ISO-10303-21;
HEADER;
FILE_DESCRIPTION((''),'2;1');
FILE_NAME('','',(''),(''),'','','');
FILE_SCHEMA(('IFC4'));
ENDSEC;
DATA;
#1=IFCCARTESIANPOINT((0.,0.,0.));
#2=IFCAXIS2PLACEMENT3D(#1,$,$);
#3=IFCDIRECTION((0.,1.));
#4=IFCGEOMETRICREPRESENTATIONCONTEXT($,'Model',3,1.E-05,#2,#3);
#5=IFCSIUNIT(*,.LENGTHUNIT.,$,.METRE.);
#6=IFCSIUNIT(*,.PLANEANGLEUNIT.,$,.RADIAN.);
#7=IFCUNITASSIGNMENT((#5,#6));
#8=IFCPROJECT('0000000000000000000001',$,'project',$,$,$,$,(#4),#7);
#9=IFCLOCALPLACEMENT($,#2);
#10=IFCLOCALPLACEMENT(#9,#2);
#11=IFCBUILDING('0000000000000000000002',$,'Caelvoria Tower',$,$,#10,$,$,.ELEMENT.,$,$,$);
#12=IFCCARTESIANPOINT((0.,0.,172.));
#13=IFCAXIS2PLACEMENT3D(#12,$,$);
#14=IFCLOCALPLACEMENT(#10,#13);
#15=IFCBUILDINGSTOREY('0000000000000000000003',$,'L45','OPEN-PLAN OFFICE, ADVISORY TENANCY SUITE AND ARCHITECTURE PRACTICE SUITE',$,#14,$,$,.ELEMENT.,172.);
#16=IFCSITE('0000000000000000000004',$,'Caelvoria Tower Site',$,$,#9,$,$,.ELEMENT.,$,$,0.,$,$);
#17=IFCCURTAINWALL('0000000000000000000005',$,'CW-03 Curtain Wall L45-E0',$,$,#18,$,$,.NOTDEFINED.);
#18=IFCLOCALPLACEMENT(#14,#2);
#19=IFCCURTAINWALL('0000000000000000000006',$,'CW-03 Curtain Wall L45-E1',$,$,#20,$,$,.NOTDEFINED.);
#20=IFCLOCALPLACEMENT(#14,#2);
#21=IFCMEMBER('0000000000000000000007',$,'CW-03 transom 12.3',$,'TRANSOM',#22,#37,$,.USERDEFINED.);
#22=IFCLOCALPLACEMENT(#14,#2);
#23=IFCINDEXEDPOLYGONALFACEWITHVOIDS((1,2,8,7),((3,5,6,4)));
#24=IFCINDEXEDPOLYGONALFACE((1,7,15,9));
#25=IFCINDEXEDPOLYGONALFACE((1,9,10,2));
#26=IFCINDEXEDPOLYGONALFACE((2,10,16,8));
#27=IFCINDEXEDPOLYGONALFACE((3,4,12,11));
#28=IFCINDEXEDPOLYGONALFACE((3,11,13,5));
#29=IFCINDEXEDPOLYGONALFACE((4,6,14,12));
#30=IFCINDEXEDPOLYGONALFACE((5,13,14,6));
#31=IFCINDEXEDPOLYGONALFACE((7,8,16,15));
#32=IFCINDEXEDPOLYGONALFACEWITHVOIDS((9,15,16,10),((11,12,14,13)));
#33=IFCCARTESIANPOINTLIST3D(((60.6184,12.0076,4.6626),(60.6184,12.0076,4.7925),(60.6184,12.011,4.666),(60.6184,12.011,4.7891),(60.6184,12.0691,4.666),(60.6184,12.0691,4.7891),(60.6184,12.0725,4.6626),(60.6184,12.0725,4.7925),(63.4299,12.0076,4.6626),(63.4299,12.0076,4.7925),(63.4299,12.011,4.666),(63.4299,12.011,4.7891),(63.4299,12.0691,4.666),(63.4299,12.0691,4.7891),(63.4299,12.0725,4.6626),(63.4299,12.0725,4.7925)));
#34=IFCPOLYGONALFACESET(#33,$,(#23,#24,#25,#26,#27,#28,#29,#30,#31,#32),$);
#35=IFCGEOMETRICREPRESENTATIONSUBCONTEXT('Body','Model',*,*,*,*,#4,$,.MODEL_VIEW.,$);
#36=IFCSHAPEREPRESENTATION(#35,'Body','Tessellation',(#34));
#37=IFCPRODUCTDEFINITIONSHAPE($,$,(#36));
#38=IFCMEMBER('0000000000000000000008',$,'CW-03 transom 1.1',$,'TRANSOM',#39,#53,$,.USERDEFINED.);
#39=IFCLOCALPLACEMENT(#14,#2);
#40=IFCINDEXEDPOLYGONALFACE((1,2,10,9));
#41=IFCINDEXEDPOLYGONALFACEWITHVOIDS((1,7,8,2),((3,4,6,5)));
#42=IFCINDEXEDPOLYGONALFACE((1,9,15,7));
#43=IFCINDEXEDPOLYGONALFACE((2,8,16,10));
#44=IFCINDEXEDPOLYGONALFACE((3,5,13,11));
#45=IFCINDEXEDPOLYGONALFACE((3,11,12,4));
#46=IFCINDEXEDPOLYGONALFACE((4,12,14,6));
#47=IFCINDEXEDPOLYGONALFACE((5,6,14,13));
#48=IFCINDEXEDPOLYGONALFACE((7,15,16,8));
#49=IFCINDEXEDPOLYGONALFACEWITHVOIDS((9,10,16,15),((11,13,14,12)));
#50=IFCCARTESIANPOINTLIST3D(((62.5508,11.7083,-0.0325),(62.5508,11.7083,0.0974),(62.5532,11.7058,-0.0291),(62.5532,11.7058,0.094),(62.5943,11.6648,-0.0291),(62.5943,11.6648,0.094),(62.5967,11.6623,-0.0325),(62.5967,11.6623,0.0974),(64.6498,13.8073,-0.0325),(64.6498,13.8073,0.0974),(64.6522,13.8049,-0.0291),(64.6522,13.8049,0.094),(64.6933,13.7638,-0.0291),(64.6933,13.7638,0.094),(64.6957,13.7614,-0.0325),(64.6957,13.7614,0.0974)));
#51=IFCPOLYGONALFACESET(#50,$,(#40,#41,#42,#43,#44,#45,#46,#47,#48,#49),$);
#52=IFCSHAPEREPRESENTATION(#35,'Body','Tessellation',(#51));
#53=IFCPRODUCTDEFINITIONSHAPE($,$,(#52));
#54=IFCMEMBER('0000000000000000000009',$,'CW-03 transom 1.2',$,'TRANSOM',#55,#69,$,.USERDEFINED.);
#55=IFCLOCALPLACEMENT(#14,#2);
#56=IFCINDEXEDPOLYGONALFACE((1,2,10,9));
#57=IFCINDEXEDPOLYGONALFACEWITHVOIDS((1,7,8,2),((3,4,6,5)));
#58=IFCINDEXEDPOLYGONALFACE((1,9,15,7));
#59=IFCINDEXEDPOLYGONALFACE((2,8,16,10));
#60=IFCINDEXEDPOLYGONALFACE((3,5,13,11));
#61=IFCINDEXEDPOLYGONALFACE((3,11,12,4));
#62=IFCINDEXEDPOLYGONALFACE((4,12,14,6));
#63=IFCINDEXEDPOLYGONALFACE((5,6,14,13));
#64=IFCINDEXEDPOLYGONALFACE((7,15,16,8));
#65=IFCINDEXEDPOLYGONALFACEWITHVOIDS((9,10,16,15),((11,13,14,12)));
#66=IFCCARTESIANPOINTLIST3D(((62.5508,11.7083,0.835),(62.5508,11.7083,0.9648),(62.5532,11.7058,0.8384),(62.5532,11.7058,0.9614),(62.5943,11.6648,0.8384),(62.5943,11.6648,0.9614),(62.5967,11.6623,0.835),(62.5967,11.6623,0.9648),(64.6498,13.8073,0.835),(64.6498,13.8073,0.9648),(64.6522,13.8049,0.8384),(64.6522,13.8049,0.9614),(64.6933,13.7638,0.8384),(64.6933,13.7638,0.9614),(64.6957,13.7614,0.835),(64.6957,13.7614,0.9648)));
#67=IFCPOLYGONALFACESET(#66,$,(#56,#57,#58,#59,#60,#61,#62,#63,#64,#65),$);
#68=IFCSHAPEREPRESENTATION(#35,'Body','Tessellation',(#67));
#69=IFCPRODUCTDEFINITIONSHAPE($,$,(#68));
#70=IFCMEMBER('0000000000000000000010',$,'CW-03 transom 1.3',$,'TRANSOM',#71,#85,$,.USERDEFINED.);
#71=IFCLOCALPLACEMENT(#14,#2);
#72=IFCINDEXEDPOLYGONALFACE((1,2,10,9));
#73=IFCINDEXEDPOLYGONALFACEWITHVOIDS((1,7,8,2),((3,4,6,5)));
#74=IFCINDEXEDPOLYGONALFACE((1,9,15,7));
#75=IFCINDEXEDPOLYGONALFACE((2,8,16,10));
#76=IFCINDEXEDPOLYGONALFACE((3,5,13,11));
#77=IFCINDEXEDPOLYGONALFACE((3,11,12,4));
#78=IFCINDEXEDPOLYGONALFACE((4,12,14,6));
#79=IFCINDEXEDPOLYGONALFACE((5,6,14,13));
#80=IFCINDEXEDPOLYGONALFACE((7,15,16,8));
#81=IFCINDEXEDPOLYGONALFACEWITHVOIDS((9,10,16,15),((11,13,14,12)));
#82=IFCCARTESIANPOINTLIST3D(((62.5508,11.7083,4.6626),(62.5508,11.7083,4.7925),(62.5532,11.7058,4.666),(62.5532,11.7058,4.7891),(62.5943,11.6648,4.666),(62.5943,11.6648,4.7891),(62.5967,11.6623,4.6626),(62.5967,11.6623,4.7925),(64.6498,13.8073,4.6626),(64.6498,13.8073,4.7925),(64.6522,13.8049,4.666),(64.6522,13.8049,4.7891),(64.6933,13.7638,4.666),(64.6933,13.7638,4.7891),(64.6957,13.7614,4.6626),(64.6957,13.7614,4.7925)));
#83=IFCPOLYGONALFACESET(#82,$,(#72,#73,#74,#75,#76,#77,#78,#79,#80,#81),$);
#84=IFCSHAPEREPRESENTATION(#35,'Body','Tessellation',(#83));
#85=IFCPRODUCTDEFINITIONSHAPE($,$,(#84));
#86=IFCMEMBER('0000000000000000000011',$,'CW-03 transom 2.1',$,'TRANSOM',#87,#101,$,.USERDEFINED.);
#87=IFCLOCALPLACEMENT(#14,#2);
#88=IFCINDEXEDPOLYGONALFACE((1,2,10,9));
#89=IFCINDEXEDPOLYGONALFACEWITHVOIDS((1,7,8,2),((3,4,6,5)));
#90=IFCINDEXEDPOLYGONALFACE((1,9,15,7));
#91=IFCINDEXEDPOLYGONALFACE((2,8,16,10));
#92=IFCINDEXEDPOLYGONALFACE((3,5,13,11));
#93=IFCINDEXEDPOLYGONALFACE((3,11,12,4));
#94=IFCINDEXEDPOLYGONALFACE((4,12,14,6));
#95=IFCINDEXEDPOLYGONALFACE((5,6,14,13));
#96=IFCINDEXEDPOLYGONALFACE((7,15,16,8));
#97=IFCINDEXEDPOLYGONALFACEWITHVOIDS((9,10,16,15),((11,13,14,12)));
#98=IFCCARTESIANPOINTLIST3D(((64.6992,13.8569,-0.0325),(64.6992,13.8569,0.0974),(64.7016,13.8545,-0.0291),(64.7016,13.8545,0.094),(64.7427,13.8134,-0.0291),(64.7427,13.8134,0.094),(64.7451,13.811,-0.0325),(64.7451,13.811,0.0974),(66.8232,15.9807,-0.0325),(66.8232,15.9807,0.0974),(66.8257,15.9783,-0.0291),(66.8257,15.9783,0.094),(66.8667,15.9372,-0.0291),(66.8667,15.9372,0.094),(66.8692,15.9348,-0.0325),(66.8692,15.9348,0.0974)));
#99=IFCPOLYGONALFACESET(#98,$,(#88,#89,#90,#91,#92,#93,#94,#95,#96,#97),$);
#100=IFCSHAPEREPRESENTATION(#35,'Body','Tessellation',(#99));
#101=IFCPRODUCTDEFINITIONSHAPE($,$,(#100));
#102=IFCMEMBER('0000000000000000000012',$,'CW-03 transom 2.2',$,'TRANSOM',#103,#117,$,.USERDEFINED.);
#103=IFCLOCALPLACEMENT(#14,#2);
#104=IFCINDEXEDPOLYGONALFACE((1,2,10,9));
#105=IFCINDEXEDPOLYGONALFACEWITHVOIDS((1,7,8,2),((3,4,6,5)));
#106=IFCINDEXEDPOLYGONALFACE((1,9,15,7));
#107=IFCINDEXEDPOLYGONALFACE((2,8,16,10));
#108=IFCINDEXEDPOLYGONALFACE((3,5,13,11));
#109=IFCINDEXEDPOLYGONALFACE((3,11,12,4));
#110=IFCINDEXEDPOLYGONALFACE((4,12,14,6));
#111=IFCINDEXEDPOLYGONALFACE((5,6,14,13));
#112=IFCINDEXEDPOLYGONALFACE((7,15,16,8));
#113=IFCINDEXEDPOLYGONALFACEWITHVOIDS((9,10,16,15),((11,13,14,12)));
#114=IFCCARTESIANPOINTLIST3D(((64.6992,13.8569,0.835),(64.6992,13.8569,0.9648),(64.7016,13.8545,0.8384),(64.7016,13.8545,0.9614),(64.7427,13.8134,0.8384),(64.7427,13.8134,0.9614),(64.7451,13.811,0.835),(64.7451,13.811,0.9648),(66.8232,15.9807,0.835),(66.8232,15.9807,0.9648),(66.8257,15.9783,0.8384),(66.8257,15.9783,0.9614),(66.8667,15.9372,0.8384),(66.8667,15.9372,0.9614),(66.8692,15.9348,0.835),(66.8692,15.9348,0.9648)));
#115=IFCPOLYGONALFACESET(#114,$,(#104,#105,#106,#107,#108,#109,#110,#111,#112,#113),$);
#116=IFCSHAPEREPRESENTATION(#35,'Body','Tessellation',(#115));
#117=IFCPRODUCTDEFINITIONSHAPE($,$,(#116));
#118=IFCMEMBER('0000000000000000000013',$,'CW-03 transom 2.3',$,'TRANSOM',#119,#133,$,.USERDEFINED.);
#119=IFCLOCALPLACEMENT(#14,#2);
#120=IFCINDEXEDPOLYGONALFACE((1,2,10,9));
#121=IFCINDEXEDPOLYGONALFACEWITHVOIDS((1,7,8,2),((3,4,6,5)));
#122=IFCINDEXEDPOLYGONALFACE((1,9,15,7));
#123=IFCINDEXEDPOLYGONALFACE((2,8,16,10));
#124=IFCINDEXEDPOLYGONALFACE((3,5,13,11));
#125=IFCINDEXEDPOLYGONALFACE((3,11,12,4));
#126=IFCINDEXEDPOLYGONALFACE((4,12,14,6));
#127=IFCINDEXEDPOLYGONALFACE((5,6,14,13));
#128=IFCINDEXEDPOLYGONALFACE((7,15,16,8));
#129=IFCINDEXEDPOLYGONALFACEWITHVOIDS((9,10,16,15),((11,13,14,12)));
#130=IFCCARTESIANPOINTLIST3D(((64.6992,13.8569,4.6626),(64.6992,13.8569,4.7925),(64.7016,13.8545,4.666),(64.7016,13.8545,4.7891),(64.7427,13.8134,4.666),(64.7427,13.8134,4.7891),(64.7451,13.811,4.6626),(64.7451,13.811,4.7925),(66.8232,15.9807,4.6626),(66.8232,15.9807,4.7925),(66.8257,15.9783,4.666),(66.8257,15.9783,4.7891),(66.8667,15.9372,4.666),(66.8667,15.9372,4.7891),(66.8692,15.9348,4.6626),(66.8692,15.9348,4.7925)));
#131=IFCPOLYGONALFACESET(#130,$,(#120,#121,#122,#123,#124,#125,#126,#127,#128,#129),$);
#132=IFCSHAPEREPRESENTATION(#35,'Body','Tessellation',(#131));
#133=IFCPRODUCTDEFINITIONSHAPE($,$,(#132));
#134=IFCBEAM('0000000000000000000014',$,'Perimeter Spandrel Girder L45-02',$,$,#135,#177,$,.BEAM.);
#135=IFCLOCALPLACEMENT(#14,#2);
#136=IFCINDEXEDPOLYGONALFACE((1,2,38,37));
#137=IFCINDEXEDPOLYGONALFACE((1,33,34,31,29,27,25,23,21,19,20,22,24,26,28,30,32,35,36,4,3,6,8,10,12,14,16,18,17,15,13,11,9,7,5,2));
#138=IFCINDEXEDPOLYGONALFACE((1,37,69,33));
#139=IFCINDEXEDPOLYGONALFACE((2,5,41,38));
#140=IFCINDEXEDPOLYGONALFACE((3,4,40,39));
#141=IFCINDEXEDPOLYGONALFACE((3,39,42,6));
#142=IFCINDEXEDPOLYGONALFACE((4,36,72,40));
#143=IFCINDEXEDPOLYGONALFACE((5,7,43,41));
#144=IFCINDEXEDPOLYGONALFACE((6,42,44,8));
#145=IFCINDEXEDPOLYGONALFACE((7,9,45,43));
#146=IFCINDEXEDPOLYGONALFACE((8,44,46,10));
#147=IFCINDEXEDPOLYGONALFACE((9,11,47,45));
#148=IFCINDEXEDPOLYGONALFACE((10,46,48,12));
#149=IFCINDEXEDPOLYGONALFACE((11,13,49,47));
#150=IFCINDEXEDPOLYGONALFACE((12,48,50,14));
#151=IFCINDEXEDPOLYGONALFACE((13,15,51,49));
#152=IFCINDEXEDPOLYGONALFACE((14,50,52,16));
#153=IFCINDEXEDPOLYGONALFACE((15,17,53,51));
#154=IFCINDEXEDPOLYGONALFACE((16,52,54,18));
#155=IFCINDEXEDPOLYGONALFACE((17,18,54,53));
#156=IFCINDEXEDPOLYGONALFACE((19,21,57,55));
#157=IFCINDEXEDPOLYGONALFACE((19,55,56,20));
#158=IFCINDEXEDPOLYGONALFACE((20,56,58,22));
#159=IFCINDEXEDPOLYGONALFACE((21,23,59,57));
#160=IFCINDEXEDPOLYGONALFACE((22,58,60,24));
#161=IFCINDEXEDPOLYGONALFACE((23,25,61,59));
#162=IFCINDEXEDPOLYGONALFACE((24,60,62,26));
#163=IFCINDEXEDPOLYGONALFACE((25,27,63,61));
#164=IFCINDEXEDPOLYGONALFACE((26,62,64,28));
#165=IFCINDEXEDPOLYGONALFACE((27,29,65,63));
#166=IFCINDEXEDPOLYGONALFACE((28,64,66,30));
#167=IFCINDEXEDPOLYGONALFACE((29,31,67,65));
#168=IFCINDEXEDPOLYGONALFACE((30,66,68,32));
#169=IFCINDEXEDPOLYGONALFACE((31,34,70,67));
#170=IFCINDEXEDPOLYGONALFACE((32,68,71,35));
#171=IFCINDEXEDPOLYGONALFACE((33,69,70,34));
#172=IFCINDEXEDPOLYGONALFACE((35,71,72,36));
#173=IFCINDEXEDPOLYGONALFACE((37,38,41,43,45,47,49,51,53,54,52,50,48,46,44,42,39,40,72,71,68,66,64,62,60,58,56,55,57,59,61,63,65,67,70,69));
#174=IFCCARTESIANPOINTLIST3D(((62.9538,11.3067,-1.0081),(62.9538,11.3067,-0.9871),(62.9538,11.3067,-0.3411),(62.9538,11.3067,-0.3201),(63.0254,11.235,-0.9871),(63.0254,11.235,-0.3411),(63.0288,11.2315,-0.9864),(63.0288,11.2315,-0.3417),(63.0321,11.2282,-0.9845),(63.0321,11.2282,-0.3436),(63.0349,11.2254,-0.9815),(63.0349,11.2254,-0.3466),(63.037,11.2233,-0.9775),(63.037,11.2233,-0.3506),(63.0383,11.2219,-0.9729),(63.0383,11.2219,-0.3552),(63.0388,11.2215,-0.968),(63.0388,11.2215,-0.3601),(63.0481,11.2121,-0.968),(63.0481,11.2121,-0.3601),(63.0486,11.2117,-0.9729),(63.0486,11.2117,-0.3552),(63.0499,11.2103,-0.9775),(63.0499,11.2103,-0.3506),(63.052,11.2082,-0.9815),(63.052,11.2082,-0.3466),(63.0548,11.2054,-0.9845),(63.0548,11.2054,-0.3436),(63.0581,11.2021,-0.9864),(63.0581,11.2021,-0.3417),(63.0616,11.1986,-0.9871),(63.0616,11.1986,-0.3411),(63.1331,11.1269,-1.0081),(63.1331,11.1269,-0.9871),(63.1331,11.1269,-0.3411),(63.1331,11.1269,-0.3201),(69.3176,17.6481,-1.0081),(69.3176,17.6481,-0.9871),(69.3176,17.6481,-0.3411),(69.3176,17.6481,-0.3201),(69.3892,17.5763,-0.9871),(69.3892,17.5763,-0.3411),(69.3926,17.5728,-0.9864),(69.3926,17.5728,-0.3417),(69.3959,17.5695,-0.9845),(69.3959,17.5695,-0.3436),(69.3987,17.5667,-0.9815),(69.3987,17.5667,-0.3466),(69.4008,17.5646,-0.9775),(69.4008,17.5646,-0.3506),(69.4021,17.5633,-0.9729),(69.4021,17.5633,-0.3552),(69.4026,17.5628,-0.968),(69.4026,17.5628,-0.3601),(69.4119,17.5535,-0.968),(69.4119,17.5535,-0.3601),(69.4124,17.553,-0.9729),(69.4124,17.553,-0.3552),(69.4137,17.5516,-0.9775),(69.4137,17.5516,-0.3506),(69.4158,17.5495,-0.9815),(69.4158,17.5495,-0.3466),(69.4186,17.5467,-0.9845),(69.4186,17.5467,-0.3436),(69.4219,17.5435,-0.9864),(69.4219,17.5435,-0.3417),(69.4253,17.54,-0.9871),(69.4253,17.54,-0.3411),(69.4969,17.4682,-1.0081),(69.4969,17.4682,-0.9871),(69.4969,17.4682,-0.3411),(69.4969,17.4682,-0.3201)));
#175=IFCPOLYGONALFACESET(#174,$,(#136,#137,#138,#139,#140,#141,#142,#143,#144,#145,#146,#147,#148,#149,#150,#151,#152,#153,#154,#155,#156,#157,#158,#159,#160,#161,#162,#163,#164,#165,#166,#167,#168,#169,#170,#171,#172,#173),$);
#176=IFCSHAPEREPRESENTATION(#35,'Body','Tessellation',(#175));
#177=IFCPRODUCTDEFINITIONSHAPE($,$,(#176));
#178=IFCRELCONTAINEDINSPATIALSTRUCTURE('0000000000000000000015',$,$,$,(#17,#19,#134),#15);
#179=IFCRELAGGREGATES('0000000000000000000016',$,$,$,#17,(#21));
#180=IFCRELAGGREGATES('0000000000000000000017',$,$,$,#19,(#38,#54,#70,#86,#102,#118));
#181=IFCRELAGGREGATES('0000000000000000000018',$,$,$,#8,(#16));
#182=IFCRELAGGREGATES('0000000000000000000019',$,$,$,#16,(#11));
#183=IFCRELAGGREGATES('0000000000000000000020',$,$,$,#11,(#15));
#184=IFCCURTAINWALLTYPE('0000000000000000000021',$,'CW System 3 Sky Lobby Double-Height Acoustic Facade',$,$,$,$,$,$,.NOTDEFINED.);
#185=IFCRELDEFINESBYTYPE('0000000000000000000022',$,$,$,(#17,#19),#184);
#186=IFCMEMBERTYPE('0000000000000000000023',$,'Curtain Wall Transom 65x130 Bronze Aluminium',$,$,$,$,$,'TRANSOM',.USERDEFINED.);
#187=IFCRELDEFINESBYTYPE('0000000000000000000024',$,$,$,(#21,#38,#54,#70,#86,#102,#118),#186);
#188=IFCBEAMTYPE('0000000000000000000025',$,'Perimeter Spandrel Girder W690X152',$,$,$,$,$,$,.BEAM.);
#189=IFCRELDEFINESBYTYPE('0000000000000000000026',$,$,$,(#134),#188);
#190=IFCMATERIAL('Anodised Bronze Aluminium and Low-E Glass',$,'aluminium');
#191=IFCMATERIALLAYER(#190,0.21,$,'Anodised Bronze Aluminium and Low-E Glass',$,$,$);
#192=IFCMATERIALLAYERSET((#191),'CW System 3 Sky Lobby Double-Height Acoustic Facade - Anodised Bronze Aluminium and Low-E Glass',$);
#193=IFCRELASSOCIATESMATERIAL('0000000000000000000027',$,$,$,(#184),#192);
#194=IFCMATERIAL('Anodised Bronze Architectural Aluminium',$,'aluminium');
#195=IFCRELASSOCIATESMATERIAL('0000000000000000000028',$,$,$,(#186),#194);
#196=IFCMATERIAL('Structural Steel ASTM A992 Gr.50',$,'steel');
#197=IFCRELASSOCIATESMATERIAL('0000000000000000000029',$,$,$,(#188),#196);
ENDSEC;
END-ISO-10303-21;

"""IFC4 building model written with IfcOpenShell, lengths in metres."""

from ifc_helpers import new_model, si_unit, direction, frame, origin, origin_2d, place, context, subcontext, project, spatial, hollow_rectangle, i_section, extrude, material, layer, layer_set, material_profile, profile_set, type_object, element, aggregate, save


model = new_model("IFC4")

# Units and contexts
model_context = context("Model", 3, precision=1e-05, world=origin(), true_north=direction((0.0, 1.0)))
body_context = subcontext(model_context, "Body", "Model", "MODEL_VIEW")
ifc_project = project(units=[si_unit("LENGTHUNIT", "METRE"), si_unit("PLANEANGLEUNIT", "RADIAN")], contexts=[model_context])

# Site, building, storey
site_placement = place(None, origin())
site = spatial("IfcSite", under=ifc_project, at=site_placement, Name="Caelvoria Tower Site", CompositionType="ELEMENT", RefElevation=0.0)
building_placement = place(site_placement, origin())
building = spatial("IfcBuilding", under=site, at=building_placement, Name="Caelvoria Tower", CompositionType="ELEMENT")
storey_placement = place(building_placement, frame((0.0, 0.0, 172.0)))
storey = spatial("IfcBuildingStorey", under=building, at=storey_placement, Name="L45", Description="OPEN-PLAN OFFICE, ADVISORY TENANCY SUITE AND ARCHITECTURE PRACTICE SUITE", CompositionType="ELEMENT", Elevation=172.0)

# Curtain walls
ifc_material_1 = material(Name="Anodised Bronze Aluminium and Low-E Glass", Category="aluminium")
ifc_layer_1 = layer(ifc_material_1, 0.21, Name="Anodised Bronze Aluminium and Low-E Glass")
ifc_layer_set_1 = layer_set([ifc_layer_1], Name="CW System 3 Sky Lobby Double-Height Acoustic Facade - Anodised Bronze Aluminium and Low-E Glass")
curtain_wall_type = type_object("IfcCurtainWallType", Name="CW System 3 Sky Lobby Double-Height Acoustic Facade", PredefinedType="NOTDEFINED", material=ifc_layer_set_1)
curtain_wall_1_placement = place(storey_placement, origin())
curtain_wall_1 = element("IfcCurtainWall", 1, at=curtain_wall_1_placement, inside=storey, type_object=curtain_wall_type, Name="CW-03 Curtain Wall L45-E0", PredefinedType="NOTDEFINED")
ifc_material_2 = material(Name="Anodised Bronze Architectural Aluminium", Category="aluminium")
curtain_wall_2_placement = place(storey_placement, origin())
curtain_wall_2 = element("IfcCurtainWall", 2, at=curtain_wall_2_placement, inside=storey, type_object=curtain_wall_type, Name="CW-03 Curtain Wall L45-E1", PredefinedType="NOTDEFINED")

# Members
ifc_material_profile_1 = material_profile(ifc_material_2, hollow_rectangle(XDim=0.0649, YDim=0.1299, WallThickness=0.0034, at=origin_2d()), Name="Anodised Bronze Architectural Aluminium")
ifc_profile_set_1 = profile_set([ifc_material_profile_1], Name="CW_TRAN_65X130 - Anodised Bronze Architectural Aluminium")
member_type_1 = type_object("IfcMemberType", Name="Curtain Wall Transom 65x130 Bronze Aluminium", ElementType="TRANSOM", PredefinedType="USERDEFINED", material=ifc_profile_set_1)
member_1_placement = place(storey_placement, frame((60.6184, 12.04, 4.7275), z_axis=(1.0, 0.0, 0.0), x_axis=(0.0, 1.0, 0.0)))
member_1 = element("IfcMember", 3, at=member_1_placement, type_object=member_type_1, Name="CW-03 transom 12.3", ObjectType="TRANSOM", PredefinedType="USERDEFINED", context=body_context, shape_type="SweptSolid", body=[
    extrude(hollow_rectangle(XDim=0.0649, YDim=0.1299, WallThickness=0.0034, at=origin_2d()), origin(), (0.0, 0.0, 1.0), 2.8115),
])
member_2_placement = place(storey_placement, frame((62.5737, 11.6853, 0.0325), z_axis=(0.707107, 0.707107, 0.0), x_axis=(-0.707107, 0.707107, 0.0)))
member_2 = element("IfcMember", 4, at=member_2_placement, type_object=member_type_1, Name="CW-03 transom 1.1", ObjectType="TRANSOM", PredefinedType="USERDEFINED", context=body_context, shape_type="SweptSolid", body=[
    extrude(hollow_rectangle(XDim=0.0649, YDim=0.1299, WallThickness=0.0034, at=origin_2d()), origin(), (0.0, 0.0, 1.0), 2.9685),
])
member_3_placement = place(storey_placement, frame((62.5737, 11.6853, 0.8999), z_axis=(0.707107, 0.707107, 0.0), x_axis=(-0.707107, 0.707107, 0.0)))
member_3 = element("IfcMember", 5, at=member_3_placement, type_object=member_type_1, Name="CW-03 transom 1.2", ObjectType="TRANSOM", PredefinedType="USERDEFINED", context=body_context, shape_type="SweptSolid", body=[
    extrude(hollow_rectangle(XDim=0.0649, YDim=0.1299, WallThickness=0.0034, at=origin_2d()), origin(), (0.0, 0.0, 1.0), 2.9685),
])
member_4_placement = place(storey_placement, frame((62.5737, 11.6853, 4.7275), z_axis=(0.707107, 0.707107, 0.0), x_axis=(-0.707107, 0.707107, 0.0)))
member_4 = element("IfcMember", 6, at=member_4_placement, type_object=member_type_1, Name="CW-03 transom 1.3", ObjectType="TRANSOM", PredefinedType="USERDEFINED", context=body_context, shape_type="SweptSolid", body=[
    extrude(hollow_rectangle(XDim=0.0649, YDim=0.1299, WallThickness=0.0034, at=origin_2d()), origin(), (0.0, 0.0, 1.0), 2.9685),
])
member_5_placement = place(storey_placement, frame((64.7222, 13.834, 0.0325), z_axis=(0.707147, 0.707066, 0.0), x_axis=(-0.707066, 0.707147, 0.0)))
member_5 = element("IfcMember", 7, at=member_5_placement, type_object=member_type_1, Name="CW-03 transom 2.1", ObjectType="TRANSOM", PredefinedType="USERDEFINED", context=body_context, shape_type="SweptSolid", body=[
    extrude(hollow_rectangle(XDim=0.0649, YDim=0.1299, WallThickness=0.0034, at=origin_2d()), origin(), (0.0, 0.0, 1.0), 3.0037),
])
member_6_placement = place(storey_placement, frame((64.7222, 13.834, 0.8999), z_axis=(0.707147, 0.707066, 0.0), x_axis=(-0.707066, 0.707147, 0.0)))
member_6 = element("IfcMember", 8, at=member_6_placement, type_object=member_type_1, Name="CW-03 transom 2.2", ObjectType="TRANSOM", PredefinedType="USERDEFINED", context=body_context, shape_type="SweptSolid", body=[
    extrude(hollow_rectangle(XDim=0.0649, YDim=0.1299, WallThickness=0.0034, at=origin_2d()), origin(), (0.0, 0.0, 1.0), 3.0037),
])
member_7_placement = place(storey_placement, frame((64.7222, 13.834, 4.7275), z_axis=(0.707147, 0.707066, 0.0), x_axis=(-0.707066, 0.707147, 0.0)))
member_7 = element("IfcMember", 9, at=member_7_placement, type_object=member_type_1, Name="CW-03 transom 2.3", ObjectType="TRANSOM", PredefinedType="USERDEFINED", context=body_context, shape_type="SweptSolid", body=[
    extrude(hollow_rectangle(XDim=0.0649, YDim=0.1299, WallThickness=0.0034, at=origin_2d()), origin(), (0.0, 0.0, 1.0), 3.0037),
])

# Beam
ifc_material_3 = material(Name="Structural Steel ASTM A992 Gr.50", Category="steel")
ifc_material_profile_2 = material_profile(ifc_material_3, i_section(OverallWidth=0.2539, OverallDepth=0.688, WebThickness=0.0132, FlangeThickness=0.021, FilletRadius=0.019, at=origin_2d()), Name="Structural Steel ASTM A992 Gr.50")
ifc_profile_set_2 = profile_set([ifc_material_profile_2], Name="W690X152 - Structural Steel ASTM A992 Gr.50")
beam_type = type_object("IfcBeamType", Name="Perimeter Spandrel Girder W690X152", PredefinedType="BEAM", material=ifc_profile_set_2)
beam_placement = place(storey_placement, frame((63.0435, 11.2168, -0.6641), z_axis=(0.708356, 0.705856, 0.0), x_axis=(-0.705856, 0.708356, 0.0)))
element("IfcBeam", 10, at=beam_placement, inside=storey, type_object=beam_type, Name="Perimeter Spandrel Girder L45-02", PredefinedType="BEAM", context=body_context, shape_type="SweptSolid", body=[
    extrude(i_section(OverallWidth=0.2539, OverallDepth=0.688, WebThickness=0.0132, FlangeThickness=0.021, FilletRadius=0.019, at=origin_2d()), origin(), (0.0, 0.0, 1.0), 8.9839),
])

aggregate(curtain_wall_1, [member_1])
aggregate(curtain_wall_2, [member_2, member_3, member_4, member_5, member_6, member_7])

save(model, "model.ifc")
